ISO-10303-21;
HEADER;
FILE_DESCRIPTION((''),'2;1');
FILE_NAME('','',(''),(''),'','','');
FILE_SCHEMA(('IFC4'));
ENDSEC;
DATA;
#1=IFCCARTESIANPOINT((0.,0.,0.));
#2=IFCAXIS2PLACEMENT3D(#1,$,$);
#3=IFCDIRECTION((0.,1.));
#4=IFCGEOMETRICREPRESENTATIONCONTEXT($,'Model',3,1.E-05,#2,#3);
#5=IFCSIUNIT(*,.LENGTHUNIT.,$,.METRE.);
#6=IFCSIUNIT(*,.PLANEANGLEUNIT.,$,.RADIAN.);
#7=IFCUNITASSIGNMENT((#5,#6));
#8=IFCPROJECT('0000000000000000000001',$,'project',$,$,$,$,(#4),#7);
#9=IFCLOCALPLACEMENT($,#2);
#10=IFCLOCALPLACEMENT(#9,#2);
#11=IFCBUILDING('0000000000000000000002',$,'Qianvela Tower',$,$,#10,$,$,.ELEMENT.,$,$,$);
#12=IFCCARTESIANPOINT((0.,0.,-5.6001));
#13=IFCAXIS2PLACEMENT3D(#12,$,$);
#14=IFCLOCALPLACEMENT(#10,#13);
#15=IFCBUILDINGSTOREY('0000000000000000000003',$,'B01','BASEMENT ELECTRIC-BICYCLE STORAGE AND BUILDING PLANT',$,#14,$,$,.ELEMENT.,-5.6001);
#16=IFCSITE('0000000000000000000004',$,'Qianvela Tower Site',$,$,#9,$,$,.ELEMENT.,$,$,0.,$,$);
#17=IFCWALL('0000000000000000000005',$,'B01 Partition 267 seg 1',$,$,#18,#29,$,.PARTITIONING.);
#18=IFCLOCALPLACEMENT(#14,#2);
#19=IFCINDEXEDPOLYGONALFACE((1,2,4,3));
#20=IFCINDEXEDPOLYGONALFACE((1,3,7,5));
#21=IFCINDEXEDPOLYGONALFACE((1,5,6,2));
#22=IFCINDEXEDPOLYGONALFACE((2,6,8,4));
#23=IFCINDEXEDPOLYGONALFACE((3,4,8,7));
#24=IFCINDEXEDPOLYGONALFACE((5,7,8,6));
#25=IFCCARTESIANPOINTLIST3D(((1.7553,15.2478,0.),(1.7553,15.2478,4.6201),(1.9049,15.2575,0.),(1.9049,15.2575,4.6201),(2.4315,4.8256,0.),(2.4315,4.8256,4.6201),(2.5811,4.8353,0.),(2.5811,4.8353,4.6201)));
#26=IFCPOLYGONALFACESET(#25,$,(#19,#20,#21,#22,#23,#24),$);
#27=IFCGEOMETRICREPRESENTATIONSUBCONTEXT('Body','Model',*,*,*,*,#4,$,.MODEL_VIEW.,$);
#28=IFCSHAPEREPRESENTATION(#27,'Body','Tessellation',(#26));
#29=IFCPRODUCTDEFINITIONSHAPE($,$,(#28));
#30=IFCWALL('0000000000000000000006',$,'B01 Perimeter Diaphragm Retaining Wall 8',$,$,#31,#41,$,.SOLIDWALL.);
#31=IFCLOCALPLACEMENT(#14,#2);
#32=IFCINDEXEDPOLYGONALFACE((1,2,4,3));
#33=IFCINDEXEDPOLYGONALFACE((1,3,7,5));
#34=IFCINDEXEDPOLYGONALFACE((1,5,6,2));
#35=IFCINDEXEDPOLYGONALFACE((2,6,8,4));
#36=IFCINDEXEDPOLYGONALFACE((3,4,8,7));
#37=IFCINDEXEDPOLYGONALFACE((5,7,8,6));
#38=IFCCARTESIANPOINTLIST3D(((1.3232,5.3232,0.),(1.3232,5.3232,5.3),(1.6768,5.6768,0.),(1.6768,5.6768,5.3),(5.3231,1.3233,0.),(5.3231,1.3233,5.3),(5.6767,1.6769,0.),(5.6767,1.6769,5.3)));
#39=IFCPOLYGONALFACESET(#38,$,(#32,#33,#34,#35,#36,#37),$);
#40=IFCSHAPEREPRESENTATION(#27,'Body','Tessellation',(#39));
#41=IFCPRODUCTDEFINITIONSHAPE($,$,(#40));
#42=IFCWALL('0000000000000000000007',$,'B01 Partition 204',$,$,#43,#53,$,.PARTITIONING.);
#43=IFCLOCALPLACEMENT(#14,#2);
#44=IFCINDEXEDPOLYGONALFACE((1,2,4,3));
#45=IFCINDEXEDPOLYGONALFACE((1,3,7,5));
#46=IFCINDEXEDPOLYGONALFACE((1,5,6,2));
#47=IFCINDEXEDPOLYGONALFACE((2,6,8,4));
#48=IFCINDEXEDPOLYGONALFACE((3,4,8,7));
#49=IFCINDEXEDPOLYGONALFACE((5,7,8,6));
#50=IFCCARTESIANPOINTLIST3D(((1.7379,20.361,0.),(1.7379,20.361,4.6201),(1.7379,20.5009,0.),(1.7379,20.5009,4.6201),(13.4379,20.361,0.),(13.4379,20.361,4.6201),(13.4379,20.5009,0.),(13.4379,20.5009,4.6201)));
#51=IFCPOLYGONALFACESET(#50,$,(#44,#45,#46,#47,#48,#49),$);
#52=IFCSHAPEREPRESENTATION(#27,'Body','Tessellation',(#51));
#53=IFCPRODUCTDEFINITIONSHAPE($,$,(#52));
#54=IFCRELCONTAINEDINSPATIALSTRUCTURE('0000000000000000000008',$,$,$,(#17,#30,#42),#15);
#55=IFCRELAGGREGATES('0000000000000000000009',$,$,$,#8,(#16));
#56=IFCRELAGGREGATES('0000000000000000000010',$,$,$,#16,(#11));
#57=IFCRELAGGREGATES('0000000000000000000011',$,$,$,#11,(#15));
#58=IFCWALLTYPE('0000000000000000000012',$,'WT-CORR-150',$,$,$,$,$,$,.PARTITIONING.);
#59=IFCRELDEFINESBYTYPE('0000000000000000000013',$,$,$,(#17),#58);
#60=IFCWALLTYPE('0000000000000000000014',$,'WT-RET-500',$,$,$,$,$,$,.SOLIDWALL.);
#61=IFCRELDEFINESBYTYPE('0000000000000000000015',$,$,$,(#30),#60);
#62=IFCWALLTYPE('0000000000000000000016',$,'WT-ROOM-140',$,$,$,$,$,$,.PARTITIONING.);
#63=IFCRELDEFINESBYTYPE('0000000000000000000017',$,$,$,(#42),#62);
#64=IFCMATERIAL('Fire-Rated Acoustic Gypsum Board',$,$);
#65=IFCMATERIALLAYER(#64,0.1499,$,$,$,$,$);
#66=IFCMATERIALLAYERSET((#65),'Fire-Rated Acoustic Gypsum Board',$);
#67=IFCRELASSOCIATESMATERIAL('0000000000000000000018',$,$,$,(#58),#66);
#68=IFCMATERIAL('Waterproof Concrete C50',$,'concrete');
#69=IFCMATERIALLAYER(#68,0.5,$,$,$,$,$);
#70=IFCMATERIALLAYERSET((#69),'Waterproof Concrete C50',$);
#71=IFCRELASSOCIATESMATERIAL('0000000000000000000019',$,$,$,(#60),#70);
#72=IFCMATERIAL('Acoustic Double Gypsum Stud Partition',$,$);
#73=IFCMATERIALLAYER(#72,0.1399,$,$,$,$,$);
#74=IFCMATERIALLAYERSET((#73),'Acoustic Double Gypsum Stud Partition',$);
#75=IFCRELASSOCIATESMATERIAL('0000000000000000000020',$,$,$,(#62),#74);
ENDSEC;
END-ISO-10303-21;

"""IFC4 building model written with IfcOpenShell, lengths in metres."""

from ifc_helpers import new_model, si_unit, direction, frame, frame_2d, origin, place, context, subcontext, project, spatial, rectangle, extrude, material, layer, layer_set, type_object, element, save


model = new_model("IFC4")

# Units and contexts
model_context = context("Model", 3, precision=1e-05, world=origin(), true_north=direction((0.0, 1.0)))
body_context = subcontext(model_context, "Body", "Model", "MODEL_VIEW")
ifc_project = project(units=[si_unit("LENGTHUNIT", "METRE"), si_unit("PLANEANGLEUNIT", "RADIAN")], contexts=[model_context])

# Site, building, storey
site_placement = place(None, origin())
site = spatial("IfcSite", under=ifc_project, at=site_placement, Name="Qianvela Tower Site", CompositionType="ELEMENT", RefElevation=0.0)
building_placement = place(site_placement, origin())
building = spatial("IfcBuilding", under=site, at=building_placement, Name="Qianvela Tower", CompositionType="ELEMENT")
storey_placement = place(building_placement, frame((0.0, 0.0, -5.6001)))
storey = spatial("IfcBuildingStorey", under=building, at=storey_placement, Name="B01", Description="BASEMENT ELECTRIC-BICYCLE STORAGE AND BUILDING PLANT", CompositionType="ELEMENT", Elevation=-5.6001)

# Walls
ifc_material_1 = material(Name="Fire-Rated Acoustic Gypsum Board")
ifc_layer_1 = layer(ifc_material_1, 0.1499)
ifc_layer_set_1 = layer_set([ifc_layer_1], Name="Fire-Rated Acoustic Gypsum Board")
wall_type_1 = type_object("IfcWallType", Name="WT-CORR-150", PredefinedType="PARTITIONING", material=ifc_layer_set_1)
wall_1_placement = place(storey_placement, frame((2.5063, 4.8303, 0.0), z_axis=(0.0, 0.0, 1.0), x_axis=(-0.064752, 0.997901, 0.0)))
element("IfcWall", 1, at=wall_1_placement, inside=storey, type_object=wall_type_1, Name="B01 Partition 267 seg 1", PredefinedType="PARTITIONING", context=body_context, shape_type="SweptSolid", body=[
    extrude(rectangle(XDim=10.4441, YDim=0.1499, at=frame_2d((5.2222, 0.0))), origin(), (0.0, 0.0, 1.0), 4.6201),
])
ifc_material_2 = material(Name="Waterproof Concrete C50", Category="concrete")
ifc_layer_2 = layer(ifc_material_2, 0.5)
ifc_layer_set_2 = layer_set([ifc_layer_2], Name="Waterproof Concrete C50")
wall_type_2 = type_object("IfcWallType", Name="WT-RET-500", PredefinedType="SOLIDWALL", material=ifc_layer_set_2)
wall_2_placement = place(storey_placement, frame((1.5, 5.5, 0.0), z_axis=(0.0, 0.0, 1.0), x_axis=(0.707107, -0.707107, 0.0)))
element("IfcWall", 2, at=wall_2_placement, inside=storey, type_object=wall_type_2, Name="B01 Perimeter Diaphragm Retaining Wall 8", PredefinedType="SOLIDWALL", context=body_context, shape_type="SweptSolid", body=[
    extrude(rectangle(XDim=5.6567, YDim=0.5, at=frame_2d((2.8284, 0.0))), origin(), (0.0, 0.0, 1.0), 5.3),
])
ifc_material_3 = material(Name="Acoustic Double Gypsum Stud Partition")
ifc_layer_3 = layer(ifc_material_3, 0.1399)
ifc_layer_set_3 = layer_set([ifc_layer_3], Name="Acoustic Double Gypsum Stud Partition")
wall_type_3 = type_object("IfcWallType", Name="WT-ROOM-140", PredefinedType="PARTITIONING", material=ifc_layer_set_3)
wall_3_placement = place(storey_placement, frame((13.438, 20.4309, 0.0), z_axis=(0.0, 0.0, 1.0), x_axis=(-1.0, 0.0, 0.0)))
element("IfcWall", 3, at=wall_3_placement, inside=storey, type_object=wall_type_3, Name="B01 Partition 204", PredefinedType="PARTITIONING", context=body_context, shape_type="SweptSolid", body=[
    extrude(rectangle(XDim=11.7, YDim=0.1399, at=frame_2d((5.8501, 0.0))), origin(), (0.0, 0.0, 1.0), 4.6201),
])

save(model, "model.ifc")
